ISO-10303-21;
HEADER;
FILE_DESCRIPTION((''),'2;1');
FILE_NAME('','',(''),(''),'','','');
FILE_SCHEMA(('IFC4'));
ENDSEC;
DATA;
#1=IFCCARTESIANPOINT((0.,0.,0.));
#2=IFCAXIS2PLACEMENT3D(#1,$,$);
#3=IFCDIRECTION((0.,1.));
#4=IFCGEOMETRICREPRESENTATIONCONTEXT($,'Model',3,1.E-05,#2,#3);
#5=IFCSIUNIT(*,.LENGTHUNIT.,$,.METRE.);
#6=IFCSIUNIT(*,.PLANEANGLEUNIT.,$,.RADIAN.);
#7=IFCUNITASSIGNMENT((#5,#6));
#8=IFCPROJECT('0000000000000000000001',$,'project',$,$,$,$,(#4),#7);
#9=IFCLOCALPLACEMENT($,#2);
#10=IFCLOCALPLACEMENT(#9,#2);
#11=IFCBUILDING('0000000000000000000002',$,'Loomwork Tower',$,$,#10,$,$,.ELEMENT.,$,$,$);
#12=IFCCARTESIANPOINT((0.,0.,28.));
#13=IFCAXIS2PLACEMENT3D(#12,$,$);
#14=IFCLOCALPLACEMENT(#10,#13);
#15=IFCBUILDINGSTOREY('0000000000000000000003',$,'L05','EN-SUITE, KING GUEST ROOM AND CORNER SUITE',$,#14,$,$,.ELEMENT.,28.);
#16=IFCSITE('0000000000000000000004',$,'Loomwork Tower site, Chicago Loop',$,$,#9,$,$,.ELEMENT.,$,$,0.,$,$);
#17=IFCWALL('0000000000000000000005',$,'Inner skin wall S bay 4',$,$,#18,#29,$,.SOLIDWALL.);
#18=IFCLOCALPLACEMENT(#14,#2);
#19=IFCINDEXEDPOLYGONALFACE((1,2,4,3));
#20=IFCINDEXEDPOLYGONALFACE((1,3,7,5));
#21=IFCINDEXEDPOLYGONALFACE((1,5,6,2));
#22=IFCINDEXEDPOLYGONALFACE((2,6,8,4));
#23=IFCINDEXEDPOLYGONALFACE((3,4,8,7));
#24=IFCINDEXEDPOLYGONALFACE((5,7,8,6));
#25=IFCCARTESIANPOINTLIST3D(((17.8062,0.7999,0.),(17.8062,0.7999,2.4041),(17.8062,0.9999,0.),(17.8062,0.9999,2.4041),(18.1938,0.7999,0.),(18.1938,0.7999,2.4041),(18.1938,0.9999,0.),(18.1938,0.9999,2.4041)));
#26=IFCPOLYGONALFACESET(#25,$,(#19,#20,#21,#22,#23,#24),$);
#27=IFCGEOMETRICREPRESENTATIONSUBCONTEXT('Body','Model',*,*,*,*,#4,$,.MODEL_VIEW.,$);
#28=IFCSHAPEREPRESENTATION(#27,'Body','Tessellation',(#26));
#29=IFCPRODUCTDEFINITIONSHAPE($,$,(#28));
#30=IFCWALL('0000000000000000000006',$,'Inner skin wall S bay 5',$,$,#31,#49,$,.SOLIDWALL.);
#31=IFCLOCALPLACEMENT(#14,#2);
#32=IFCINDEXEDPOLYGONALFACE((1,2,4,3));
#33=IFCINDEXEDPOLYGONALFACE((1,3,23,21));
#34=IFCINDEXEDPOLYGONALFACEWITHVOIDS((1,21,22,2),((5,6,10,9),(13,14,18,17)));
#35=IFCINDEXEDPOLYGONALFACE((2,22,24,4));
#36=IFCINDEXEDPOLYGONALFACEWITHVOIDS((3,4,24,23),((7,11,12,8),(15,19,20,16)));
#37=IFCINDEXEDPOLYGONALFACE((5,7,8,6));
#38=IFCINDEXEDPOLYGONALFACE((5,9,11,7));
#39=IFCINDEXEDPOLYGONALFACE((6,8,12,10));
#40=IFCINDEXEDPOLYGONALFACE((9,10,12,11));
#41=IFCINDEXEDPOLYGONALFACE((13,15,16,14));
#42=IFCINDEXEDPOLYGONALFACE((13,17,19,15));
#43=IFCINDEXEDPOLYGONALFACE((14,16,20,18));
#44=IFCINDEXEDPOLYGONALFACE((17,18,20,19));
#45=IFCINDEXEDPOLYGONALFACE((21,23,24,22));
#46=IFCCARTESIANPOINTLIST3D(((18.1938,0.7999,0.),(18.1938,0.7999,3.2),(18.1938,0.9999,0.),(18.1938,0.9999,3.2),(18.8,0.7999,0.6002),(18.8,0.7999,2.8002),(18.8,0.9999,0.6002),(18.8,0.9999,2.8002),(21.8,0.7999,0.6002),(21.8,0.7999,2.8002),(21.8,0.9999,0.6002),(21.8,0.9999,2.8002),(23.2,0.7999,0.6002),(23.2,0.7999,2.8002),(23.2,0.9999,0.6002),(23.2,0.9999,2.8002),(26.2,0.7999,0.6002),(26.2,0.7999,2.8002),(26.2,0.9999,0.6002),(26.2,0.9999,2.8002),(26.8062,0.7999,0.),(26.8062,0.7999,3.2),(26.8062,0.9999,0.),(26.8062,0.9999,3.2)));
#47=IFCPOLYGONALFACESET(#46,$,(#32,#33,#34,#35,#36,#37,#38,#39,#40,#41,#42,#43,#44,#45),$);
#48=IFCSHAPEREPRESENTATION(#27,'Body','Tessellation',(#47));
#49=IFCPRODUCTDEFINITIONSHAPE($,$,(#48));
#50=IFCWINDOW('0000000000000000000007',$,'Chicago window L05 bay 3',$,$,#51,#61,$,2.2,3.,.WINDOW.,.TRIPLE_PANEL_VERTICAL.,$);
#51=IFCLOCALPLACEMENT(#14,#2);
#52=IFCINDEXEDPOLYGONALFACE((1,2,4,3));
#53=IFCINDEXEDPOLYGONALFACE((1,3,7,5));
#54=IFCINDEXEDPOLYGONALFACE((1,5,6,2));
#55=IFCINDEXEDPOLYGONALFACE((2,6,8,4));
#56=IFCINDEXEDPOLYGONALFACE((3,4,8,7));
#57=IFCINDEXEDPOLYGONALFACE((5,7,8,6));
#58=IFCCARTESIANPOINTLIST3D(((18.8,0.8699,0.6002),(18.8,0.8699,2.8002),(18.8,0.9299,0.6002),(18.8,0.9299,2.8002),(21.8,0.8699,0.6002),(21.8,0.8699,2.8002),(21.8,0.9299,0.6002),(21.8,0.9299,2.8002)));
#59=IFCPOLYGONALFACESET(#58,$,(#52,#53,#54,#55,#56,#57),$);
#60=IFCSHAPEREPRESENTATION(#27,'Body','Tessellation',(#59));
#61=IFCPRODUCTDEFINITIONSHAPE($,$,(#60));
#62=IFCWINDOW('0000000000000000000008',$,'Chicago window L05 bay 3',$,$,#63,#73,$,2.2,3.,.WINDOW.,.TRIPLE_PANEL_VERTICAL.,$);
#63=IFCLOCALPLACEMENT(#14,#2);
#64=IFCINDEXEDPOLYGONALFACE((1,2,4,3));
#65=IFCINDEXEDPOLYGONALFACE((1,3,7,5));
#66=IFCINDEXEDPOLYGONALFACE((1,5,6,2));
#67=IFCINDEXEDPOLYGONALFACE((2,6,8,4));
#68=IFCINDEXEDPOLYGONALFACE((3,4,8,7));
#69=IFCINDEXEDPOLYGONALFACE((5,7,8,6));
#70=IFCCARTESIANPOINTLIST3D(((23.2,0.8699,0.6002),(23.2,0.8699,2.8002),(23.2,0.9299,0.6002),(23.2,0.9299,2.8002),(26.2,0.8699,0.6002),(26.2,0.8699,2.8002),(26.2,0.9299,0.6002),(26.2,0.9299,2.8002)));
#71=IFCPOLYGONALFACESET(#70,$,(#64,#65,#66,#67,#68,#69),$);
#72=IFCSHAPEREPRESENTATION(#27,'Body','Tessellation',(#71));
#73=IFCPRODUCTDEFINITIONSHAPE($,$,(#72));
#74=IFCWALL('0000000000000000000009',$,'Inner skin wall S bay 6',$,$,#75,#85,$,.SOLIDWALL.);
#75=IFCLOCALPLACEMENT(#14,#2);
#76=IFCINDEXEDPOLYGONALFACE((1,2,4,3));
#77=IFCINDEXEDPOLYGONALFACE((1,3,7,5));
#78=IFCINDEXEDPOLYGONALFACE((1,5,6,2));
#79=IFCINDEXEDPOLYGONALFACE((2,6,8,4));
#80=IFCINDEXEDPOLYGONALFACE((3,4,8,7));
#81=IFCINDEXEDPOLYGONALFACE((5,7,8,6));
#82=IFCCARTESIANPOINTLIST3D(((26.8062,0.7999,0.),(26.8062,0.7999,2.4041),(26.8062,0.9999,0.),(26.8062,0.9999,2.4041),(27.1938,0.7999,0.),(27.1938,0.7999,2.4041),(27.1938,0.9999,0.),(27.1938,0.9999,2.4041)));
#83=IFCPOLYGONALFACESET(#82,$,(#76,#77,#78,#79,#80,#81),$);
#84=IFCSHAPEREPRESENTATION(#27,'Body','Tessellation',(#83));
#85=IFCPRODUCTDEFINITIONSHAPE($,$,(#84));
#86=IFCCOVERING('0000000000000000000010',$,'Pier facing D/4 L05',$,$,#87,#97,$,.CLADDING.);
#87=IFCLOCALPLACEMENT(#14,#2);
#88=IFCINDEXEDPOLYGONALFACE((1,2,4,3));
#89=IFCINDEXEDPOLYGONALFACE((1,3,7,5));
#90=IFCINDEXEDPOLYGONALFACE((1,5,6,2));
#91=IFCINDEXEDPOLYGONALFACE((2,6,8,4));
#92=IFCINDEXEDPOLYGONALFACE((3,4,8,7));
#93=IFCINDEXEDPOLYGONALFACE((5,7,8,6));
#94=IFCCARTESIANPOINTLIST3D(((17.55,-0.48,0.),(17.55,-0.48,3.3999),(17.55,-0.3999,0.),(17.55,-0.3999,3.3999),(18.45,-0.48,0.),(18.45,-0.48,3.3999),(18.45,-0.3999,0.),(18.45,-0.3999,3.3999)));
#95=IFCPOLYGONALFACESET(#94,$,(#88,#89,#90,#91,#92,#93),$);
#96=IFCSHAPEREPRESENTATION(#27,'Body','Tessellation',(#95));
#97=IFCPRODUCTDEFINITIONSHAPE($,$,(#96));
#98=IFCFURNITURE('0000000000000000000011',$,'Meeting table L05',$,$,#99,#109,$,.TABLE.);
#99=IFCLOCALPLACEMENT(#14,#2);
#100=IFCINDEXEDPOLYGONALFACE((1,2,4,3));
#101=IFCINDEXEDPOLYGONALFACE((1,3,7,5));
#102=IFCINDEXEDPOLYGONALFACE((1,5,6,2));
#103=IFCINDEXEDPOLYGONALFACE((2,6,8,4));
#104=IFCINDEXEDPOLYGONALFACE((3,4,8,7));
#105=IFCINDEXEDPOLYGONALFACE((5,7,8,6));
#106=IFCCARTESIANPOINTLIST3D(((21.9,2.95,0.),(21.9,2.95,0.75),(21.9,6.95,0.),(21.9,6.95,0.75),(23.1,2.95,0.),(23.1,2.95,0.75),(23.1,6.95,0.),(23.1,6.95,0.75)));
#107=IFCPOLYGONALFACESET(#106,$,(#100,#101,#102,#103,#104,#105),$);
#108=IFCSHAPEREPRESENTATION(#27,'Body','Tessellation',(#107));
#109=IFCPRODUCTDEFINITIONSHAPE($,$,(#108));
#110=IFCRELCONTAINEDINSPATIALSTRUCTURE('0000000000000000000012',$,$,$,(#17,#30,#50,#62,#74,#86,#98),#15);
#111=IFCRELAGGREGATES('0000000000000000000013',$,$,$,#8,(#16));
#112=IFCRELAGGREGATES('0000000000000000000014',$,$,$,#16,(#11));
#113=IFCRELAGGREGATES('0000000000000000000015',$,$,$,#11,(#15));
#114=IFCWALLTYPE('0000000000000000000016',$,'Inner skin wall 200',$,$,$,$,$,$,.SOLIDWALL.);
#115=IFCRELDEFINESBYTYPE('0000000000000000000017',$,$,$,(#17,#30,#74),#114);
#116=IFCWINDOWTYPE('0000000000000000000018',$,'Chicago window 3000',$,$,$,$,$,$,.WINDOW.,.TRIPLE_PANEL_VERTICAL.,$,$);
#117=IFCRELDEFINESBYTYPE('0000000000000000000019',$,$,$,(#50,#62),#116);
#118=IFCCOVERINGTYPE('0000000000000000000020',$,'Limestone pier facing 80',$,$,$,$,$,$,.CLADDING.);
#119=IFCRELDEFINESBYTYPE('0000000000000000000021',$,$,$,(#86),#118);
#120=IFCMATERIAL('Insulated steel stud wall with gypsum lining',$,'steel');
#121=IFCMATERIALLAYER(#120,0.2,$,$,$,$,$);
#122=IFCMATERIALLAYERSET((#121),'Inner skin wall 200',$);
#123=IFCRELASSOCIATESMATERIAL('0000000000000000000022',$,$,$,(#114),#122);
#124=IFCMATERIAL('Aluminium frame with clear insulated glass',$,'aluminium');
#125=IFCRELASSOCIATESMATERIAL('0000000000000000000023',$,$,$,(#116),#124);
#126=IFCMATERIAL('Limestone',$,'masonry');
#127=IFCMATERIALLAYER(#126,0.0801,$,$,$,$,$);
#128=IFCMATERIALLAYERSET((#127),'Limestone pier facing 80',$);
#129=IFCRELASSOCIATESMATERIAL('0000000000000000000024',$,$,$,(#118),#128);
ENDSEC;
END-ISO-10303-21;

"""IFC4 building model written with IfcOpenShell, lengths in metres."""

from ifc_helpers import new_model, si_unit, direction, frame, frame_2d, origin, origin_2d, place, context, subcontext, project, spatial, rectangle, extrude, material, layer, layer_set, type_object, element, fill, save


model = new_model("IFC4")

# Units and contexts
model_context = context("Model", 3, precision=1e-05, world=origin(), true_north=direction((0.0, 1.0)))
body_context = subcontext(model_context, "Body", "Model", "MODEL_VIEW")
ifc_project = project(units=[si_unit("LENGTHUNIT", "METRE"), si_unit("PLANEANGLEUNIT", "RADIAN")], contexts=[model_context])

# Site, building, storey
site_placement = place(None, origin())
site = spatial("IfcSite", under=ifc_project, at=site_placement, Name="Loomwork Tower site, Chicago Loop", CompositionType="ELEMENT", RefElevation=0.0)
building_placement = place(site_placement, origin())
building = spatial("IfcBuilding", under=site, at=building_placement, Name="Loomwork Tower", CompositionType="ELEMENT")
storey_placement = place(building_placement, frame((0.0, 0.0, 28.0)))
storey = spatial("IfcBuildingStorey", under=building, at=storey_placement, Name="L05", Description="EN-SUITE, KING GUEST ROOM AND CORNER SUITE", CompositionType="ELEMENT", Elevation=28.0)

# Wall
ifc_material_1 = material(Name="Insulated steel stud wall with gypsum lining", Category="steel")
ifc_layer_1 = layer(ifc_material_1, 0.2)
ifc_layer_set_1 = layer_set([ifc_layer_1], Name="Inner skin wall 200")
wall_type = type_object("IfcWallType", Name="Inner skin wall 200", PredefinedType="SOLIDWALL", material=ifc_layer_set_1)
wall_1_placement = place(storey_placement, frame((17.8062, 0.8999, 0.0), z_axis=(0.0, 0.0, 1.0), x_axis=(1.0, 0.0, 0.0)))
element("IfcWall", 1, at=wall_1_placement, inside=storey, type_object=wall_type, Name="Inner skin wall S bay 4", PredefinedType="SOLIDWALL", context=body_context, shape_type="SweptSolid", body=[
    extrude(rectangle(XDim=0.3877, YDim=0.2, at=frame_2d((0.1938, 0.0))), origin(), (0.0, 0.0, 1.0), 2.4041),
])

# Wall, openings, windows
wall_2_placement = place(storey_placement, frame((18.1938, 0.8999, 0.0), z_axis=(0.0, 0.0, 1.0), x_axis=(1.0, 0.0, 0.0)))
wall_2 = element("IfcWall", 2, at=wall_2_placement, inside=storey, type_object=wall_type, Name="Inner skin wall S bay 5", PredefinedType="SOLIDWALL", context=body_context, shape_type="SweptSolid", body=[
    extrude(rectangle(XDim=8.6123, YDim=0.2, at=frame_2d((4.3062, 0.0))), origin(), (0.0, 0.0, 1.0), 3.2),
])
opening_1_placement = place(wall_2_placement, frame((0.6062, 0.0, 0.6001)))
opening_1 = element("IfcOpeningElement", 3, at=opening_1_placement, cuts=wall_2, PredefinedType="OPENING", context=body_context, shape_type="SweptSolid", body=[
    extrude(rectangle(XDim=3.0, YDim=2.2, at=frame_2d((1.5, 1.1001))), frame((0.0, 0.1099, 0.0), z_axis=(0.0, -1.0, 0.0), x_axis=(1.0, 0.0, 0.0)), (0.0, 0.0, 1.0), 0.22),
])
opening_2_placement = place(wall_2_placement, frame((5.0061, 0.0, 0.6001)))
opening_2 = element("IfcOpeningElement", 4, at=opening_2_placement, cuts=wall_2, PredefinedType="OPENING", context=body_context, shape_type="SweptSolid", body=[
    extrude(rectangle(XDim=3.0, YDim=2.2, at=frame_2d((1.5, 1.1001))), frame((0.0, 0.1099, 0.0), z_axis=(0.0, -1.0, 0.0), x_axis=(1.0, 0.0, 0.0)), (0.0, 0.0, 1.0), 0.22),
])
ifc_material_2 = material(Name="Aluminium frame with clear insulated glass", Category="aluminium")
window_type = type_object("IfcWindowType", Name="Chicago window 3000", PartitioningType="TRIPLE_PANEL_VERTICAL", PredefinedType="WINDOW", material=ifc_material_2)
window_1_placement = place(opening_1_placement, origin())
window_1 = element("IfcWindow", 5, at=window_1_placement, inside=storey, type_object=window_type, Name="Chicago window L05 bay 3", OverallHeight=2.2, OverallWidth=3.0, PartitioningType="TRIPLE_PANEL_VERTICAL", PredefinedType="WINDOW", context=body_context, shape_type="SweptSolid", body=[
    extrude(rectangle(XDim=3.0, YDim=2.2, at=frame_2d((1.5, 1.1001))), frame((0.0, 0.03, 0.0), z_axis=(0.0, -1.0, 0.0), x_axis=(1.0, 0.0, 0.0)), (0.0, 0.0, 1.0), 0.0601),
])
fill(opening_1, window_1)
window_2_placement = place(opening_2_placement, origin())
window_2 = element("IfcWindow", 6, at=window_2_placement, inside=storey, type_object=window_type, Name="Chicago window L05 bay 3", OverallHeight=2.2, OverallWidth=3.0, PartitioningType="TRIPLE_PANEL_VERTICAL", PredefinedType="WINDOW", context=body_context, shape_type="SweptSolid", body=[
    extrude(rectangle(XDim=3.0, YDim=2.2, at=frame_2d((1.5, 1.1001))), frame((0.0, 0.03, 0.0), z_axis=(0.0, -1.0, 0.0), x_axis=(1.0, 0.0, 0.0)), (0.0, 0.0, 1.0), 0.0601),
])
fill(opening_2, window_2)

# Wall
wall_3_placement = place(storey_placement, frame((26.8062, 0.8999, 0.0), z_axis=(0.0, 0.0, 1.0), x_axis=(1.0, 0.0, 0.0)))
element("IfcWall", 7, at=wall_3_placement, inside=storey, type_object=wall_type, Name="Inner skin wall S bay 6", PredefinedType="SOLIDWALL", context=body_context, shape_type="SweptSolid", body=[
    extrude(rectangle(XDim=0.3877, YDim=0.2, at=frame_2d((0.1938, 0.0))), origin(), (0.0, 0.0, 1.0), 2.4041),
])

# Covering
ifc_material_3 = material(Name="Limestone", Category="masonry")
ifc_layer_2 = layer(ifc_material_3, 0.0801)
ifc_layer_set_2 = layer_set([ifc_layer_2], Name="Limestone pier facing 80")
covering_type = type_object("IfcCoveringType", Name="Limestone pier facing 80", PredefinedType="CLADDING", material=ifc_layer_set_2)
covering_placement = place(storey_placement, frame((18.0, -0.4399, 0.0), z_axis=(0.0, 0.0, 1.0), x_axis=(1.0, 0.0, 0.0)))
element("IfcCovering", 8, at=covering_placement, inside=storey, type_object=covering_type, Name="Pier facing D/4 L05", PredefinedType="CLADDING", context=body_context, shape_type="SweptSolid", body=[
    extrude(rectangle(XDim=0.8999, YDim=0.0801, at=origin_2d()), origin(), (0.0, 0.0, 1.0), 3.3999),
])

# Furniture
furniture_placement = place(storey_placement, frame((22.5, 4.95, 0.0), z_axis=(0.0, 0.0, 1.0), x_axis=(1.0, 0.0, 0.0)))
element("IfcFurniture", 9, at=furniture_placement, inside=storey, Name="Meeting table L05", PredefinedType="TABLE", context=body_context, shape_type="SweptSolid", body=[
    extrude(rectangle(XDim=1.2, YDim=4.0, at=origin_2d()), origin(), (0.0, 0.0, 1.0), 0.75),
])

save(model, "model.ifc")
